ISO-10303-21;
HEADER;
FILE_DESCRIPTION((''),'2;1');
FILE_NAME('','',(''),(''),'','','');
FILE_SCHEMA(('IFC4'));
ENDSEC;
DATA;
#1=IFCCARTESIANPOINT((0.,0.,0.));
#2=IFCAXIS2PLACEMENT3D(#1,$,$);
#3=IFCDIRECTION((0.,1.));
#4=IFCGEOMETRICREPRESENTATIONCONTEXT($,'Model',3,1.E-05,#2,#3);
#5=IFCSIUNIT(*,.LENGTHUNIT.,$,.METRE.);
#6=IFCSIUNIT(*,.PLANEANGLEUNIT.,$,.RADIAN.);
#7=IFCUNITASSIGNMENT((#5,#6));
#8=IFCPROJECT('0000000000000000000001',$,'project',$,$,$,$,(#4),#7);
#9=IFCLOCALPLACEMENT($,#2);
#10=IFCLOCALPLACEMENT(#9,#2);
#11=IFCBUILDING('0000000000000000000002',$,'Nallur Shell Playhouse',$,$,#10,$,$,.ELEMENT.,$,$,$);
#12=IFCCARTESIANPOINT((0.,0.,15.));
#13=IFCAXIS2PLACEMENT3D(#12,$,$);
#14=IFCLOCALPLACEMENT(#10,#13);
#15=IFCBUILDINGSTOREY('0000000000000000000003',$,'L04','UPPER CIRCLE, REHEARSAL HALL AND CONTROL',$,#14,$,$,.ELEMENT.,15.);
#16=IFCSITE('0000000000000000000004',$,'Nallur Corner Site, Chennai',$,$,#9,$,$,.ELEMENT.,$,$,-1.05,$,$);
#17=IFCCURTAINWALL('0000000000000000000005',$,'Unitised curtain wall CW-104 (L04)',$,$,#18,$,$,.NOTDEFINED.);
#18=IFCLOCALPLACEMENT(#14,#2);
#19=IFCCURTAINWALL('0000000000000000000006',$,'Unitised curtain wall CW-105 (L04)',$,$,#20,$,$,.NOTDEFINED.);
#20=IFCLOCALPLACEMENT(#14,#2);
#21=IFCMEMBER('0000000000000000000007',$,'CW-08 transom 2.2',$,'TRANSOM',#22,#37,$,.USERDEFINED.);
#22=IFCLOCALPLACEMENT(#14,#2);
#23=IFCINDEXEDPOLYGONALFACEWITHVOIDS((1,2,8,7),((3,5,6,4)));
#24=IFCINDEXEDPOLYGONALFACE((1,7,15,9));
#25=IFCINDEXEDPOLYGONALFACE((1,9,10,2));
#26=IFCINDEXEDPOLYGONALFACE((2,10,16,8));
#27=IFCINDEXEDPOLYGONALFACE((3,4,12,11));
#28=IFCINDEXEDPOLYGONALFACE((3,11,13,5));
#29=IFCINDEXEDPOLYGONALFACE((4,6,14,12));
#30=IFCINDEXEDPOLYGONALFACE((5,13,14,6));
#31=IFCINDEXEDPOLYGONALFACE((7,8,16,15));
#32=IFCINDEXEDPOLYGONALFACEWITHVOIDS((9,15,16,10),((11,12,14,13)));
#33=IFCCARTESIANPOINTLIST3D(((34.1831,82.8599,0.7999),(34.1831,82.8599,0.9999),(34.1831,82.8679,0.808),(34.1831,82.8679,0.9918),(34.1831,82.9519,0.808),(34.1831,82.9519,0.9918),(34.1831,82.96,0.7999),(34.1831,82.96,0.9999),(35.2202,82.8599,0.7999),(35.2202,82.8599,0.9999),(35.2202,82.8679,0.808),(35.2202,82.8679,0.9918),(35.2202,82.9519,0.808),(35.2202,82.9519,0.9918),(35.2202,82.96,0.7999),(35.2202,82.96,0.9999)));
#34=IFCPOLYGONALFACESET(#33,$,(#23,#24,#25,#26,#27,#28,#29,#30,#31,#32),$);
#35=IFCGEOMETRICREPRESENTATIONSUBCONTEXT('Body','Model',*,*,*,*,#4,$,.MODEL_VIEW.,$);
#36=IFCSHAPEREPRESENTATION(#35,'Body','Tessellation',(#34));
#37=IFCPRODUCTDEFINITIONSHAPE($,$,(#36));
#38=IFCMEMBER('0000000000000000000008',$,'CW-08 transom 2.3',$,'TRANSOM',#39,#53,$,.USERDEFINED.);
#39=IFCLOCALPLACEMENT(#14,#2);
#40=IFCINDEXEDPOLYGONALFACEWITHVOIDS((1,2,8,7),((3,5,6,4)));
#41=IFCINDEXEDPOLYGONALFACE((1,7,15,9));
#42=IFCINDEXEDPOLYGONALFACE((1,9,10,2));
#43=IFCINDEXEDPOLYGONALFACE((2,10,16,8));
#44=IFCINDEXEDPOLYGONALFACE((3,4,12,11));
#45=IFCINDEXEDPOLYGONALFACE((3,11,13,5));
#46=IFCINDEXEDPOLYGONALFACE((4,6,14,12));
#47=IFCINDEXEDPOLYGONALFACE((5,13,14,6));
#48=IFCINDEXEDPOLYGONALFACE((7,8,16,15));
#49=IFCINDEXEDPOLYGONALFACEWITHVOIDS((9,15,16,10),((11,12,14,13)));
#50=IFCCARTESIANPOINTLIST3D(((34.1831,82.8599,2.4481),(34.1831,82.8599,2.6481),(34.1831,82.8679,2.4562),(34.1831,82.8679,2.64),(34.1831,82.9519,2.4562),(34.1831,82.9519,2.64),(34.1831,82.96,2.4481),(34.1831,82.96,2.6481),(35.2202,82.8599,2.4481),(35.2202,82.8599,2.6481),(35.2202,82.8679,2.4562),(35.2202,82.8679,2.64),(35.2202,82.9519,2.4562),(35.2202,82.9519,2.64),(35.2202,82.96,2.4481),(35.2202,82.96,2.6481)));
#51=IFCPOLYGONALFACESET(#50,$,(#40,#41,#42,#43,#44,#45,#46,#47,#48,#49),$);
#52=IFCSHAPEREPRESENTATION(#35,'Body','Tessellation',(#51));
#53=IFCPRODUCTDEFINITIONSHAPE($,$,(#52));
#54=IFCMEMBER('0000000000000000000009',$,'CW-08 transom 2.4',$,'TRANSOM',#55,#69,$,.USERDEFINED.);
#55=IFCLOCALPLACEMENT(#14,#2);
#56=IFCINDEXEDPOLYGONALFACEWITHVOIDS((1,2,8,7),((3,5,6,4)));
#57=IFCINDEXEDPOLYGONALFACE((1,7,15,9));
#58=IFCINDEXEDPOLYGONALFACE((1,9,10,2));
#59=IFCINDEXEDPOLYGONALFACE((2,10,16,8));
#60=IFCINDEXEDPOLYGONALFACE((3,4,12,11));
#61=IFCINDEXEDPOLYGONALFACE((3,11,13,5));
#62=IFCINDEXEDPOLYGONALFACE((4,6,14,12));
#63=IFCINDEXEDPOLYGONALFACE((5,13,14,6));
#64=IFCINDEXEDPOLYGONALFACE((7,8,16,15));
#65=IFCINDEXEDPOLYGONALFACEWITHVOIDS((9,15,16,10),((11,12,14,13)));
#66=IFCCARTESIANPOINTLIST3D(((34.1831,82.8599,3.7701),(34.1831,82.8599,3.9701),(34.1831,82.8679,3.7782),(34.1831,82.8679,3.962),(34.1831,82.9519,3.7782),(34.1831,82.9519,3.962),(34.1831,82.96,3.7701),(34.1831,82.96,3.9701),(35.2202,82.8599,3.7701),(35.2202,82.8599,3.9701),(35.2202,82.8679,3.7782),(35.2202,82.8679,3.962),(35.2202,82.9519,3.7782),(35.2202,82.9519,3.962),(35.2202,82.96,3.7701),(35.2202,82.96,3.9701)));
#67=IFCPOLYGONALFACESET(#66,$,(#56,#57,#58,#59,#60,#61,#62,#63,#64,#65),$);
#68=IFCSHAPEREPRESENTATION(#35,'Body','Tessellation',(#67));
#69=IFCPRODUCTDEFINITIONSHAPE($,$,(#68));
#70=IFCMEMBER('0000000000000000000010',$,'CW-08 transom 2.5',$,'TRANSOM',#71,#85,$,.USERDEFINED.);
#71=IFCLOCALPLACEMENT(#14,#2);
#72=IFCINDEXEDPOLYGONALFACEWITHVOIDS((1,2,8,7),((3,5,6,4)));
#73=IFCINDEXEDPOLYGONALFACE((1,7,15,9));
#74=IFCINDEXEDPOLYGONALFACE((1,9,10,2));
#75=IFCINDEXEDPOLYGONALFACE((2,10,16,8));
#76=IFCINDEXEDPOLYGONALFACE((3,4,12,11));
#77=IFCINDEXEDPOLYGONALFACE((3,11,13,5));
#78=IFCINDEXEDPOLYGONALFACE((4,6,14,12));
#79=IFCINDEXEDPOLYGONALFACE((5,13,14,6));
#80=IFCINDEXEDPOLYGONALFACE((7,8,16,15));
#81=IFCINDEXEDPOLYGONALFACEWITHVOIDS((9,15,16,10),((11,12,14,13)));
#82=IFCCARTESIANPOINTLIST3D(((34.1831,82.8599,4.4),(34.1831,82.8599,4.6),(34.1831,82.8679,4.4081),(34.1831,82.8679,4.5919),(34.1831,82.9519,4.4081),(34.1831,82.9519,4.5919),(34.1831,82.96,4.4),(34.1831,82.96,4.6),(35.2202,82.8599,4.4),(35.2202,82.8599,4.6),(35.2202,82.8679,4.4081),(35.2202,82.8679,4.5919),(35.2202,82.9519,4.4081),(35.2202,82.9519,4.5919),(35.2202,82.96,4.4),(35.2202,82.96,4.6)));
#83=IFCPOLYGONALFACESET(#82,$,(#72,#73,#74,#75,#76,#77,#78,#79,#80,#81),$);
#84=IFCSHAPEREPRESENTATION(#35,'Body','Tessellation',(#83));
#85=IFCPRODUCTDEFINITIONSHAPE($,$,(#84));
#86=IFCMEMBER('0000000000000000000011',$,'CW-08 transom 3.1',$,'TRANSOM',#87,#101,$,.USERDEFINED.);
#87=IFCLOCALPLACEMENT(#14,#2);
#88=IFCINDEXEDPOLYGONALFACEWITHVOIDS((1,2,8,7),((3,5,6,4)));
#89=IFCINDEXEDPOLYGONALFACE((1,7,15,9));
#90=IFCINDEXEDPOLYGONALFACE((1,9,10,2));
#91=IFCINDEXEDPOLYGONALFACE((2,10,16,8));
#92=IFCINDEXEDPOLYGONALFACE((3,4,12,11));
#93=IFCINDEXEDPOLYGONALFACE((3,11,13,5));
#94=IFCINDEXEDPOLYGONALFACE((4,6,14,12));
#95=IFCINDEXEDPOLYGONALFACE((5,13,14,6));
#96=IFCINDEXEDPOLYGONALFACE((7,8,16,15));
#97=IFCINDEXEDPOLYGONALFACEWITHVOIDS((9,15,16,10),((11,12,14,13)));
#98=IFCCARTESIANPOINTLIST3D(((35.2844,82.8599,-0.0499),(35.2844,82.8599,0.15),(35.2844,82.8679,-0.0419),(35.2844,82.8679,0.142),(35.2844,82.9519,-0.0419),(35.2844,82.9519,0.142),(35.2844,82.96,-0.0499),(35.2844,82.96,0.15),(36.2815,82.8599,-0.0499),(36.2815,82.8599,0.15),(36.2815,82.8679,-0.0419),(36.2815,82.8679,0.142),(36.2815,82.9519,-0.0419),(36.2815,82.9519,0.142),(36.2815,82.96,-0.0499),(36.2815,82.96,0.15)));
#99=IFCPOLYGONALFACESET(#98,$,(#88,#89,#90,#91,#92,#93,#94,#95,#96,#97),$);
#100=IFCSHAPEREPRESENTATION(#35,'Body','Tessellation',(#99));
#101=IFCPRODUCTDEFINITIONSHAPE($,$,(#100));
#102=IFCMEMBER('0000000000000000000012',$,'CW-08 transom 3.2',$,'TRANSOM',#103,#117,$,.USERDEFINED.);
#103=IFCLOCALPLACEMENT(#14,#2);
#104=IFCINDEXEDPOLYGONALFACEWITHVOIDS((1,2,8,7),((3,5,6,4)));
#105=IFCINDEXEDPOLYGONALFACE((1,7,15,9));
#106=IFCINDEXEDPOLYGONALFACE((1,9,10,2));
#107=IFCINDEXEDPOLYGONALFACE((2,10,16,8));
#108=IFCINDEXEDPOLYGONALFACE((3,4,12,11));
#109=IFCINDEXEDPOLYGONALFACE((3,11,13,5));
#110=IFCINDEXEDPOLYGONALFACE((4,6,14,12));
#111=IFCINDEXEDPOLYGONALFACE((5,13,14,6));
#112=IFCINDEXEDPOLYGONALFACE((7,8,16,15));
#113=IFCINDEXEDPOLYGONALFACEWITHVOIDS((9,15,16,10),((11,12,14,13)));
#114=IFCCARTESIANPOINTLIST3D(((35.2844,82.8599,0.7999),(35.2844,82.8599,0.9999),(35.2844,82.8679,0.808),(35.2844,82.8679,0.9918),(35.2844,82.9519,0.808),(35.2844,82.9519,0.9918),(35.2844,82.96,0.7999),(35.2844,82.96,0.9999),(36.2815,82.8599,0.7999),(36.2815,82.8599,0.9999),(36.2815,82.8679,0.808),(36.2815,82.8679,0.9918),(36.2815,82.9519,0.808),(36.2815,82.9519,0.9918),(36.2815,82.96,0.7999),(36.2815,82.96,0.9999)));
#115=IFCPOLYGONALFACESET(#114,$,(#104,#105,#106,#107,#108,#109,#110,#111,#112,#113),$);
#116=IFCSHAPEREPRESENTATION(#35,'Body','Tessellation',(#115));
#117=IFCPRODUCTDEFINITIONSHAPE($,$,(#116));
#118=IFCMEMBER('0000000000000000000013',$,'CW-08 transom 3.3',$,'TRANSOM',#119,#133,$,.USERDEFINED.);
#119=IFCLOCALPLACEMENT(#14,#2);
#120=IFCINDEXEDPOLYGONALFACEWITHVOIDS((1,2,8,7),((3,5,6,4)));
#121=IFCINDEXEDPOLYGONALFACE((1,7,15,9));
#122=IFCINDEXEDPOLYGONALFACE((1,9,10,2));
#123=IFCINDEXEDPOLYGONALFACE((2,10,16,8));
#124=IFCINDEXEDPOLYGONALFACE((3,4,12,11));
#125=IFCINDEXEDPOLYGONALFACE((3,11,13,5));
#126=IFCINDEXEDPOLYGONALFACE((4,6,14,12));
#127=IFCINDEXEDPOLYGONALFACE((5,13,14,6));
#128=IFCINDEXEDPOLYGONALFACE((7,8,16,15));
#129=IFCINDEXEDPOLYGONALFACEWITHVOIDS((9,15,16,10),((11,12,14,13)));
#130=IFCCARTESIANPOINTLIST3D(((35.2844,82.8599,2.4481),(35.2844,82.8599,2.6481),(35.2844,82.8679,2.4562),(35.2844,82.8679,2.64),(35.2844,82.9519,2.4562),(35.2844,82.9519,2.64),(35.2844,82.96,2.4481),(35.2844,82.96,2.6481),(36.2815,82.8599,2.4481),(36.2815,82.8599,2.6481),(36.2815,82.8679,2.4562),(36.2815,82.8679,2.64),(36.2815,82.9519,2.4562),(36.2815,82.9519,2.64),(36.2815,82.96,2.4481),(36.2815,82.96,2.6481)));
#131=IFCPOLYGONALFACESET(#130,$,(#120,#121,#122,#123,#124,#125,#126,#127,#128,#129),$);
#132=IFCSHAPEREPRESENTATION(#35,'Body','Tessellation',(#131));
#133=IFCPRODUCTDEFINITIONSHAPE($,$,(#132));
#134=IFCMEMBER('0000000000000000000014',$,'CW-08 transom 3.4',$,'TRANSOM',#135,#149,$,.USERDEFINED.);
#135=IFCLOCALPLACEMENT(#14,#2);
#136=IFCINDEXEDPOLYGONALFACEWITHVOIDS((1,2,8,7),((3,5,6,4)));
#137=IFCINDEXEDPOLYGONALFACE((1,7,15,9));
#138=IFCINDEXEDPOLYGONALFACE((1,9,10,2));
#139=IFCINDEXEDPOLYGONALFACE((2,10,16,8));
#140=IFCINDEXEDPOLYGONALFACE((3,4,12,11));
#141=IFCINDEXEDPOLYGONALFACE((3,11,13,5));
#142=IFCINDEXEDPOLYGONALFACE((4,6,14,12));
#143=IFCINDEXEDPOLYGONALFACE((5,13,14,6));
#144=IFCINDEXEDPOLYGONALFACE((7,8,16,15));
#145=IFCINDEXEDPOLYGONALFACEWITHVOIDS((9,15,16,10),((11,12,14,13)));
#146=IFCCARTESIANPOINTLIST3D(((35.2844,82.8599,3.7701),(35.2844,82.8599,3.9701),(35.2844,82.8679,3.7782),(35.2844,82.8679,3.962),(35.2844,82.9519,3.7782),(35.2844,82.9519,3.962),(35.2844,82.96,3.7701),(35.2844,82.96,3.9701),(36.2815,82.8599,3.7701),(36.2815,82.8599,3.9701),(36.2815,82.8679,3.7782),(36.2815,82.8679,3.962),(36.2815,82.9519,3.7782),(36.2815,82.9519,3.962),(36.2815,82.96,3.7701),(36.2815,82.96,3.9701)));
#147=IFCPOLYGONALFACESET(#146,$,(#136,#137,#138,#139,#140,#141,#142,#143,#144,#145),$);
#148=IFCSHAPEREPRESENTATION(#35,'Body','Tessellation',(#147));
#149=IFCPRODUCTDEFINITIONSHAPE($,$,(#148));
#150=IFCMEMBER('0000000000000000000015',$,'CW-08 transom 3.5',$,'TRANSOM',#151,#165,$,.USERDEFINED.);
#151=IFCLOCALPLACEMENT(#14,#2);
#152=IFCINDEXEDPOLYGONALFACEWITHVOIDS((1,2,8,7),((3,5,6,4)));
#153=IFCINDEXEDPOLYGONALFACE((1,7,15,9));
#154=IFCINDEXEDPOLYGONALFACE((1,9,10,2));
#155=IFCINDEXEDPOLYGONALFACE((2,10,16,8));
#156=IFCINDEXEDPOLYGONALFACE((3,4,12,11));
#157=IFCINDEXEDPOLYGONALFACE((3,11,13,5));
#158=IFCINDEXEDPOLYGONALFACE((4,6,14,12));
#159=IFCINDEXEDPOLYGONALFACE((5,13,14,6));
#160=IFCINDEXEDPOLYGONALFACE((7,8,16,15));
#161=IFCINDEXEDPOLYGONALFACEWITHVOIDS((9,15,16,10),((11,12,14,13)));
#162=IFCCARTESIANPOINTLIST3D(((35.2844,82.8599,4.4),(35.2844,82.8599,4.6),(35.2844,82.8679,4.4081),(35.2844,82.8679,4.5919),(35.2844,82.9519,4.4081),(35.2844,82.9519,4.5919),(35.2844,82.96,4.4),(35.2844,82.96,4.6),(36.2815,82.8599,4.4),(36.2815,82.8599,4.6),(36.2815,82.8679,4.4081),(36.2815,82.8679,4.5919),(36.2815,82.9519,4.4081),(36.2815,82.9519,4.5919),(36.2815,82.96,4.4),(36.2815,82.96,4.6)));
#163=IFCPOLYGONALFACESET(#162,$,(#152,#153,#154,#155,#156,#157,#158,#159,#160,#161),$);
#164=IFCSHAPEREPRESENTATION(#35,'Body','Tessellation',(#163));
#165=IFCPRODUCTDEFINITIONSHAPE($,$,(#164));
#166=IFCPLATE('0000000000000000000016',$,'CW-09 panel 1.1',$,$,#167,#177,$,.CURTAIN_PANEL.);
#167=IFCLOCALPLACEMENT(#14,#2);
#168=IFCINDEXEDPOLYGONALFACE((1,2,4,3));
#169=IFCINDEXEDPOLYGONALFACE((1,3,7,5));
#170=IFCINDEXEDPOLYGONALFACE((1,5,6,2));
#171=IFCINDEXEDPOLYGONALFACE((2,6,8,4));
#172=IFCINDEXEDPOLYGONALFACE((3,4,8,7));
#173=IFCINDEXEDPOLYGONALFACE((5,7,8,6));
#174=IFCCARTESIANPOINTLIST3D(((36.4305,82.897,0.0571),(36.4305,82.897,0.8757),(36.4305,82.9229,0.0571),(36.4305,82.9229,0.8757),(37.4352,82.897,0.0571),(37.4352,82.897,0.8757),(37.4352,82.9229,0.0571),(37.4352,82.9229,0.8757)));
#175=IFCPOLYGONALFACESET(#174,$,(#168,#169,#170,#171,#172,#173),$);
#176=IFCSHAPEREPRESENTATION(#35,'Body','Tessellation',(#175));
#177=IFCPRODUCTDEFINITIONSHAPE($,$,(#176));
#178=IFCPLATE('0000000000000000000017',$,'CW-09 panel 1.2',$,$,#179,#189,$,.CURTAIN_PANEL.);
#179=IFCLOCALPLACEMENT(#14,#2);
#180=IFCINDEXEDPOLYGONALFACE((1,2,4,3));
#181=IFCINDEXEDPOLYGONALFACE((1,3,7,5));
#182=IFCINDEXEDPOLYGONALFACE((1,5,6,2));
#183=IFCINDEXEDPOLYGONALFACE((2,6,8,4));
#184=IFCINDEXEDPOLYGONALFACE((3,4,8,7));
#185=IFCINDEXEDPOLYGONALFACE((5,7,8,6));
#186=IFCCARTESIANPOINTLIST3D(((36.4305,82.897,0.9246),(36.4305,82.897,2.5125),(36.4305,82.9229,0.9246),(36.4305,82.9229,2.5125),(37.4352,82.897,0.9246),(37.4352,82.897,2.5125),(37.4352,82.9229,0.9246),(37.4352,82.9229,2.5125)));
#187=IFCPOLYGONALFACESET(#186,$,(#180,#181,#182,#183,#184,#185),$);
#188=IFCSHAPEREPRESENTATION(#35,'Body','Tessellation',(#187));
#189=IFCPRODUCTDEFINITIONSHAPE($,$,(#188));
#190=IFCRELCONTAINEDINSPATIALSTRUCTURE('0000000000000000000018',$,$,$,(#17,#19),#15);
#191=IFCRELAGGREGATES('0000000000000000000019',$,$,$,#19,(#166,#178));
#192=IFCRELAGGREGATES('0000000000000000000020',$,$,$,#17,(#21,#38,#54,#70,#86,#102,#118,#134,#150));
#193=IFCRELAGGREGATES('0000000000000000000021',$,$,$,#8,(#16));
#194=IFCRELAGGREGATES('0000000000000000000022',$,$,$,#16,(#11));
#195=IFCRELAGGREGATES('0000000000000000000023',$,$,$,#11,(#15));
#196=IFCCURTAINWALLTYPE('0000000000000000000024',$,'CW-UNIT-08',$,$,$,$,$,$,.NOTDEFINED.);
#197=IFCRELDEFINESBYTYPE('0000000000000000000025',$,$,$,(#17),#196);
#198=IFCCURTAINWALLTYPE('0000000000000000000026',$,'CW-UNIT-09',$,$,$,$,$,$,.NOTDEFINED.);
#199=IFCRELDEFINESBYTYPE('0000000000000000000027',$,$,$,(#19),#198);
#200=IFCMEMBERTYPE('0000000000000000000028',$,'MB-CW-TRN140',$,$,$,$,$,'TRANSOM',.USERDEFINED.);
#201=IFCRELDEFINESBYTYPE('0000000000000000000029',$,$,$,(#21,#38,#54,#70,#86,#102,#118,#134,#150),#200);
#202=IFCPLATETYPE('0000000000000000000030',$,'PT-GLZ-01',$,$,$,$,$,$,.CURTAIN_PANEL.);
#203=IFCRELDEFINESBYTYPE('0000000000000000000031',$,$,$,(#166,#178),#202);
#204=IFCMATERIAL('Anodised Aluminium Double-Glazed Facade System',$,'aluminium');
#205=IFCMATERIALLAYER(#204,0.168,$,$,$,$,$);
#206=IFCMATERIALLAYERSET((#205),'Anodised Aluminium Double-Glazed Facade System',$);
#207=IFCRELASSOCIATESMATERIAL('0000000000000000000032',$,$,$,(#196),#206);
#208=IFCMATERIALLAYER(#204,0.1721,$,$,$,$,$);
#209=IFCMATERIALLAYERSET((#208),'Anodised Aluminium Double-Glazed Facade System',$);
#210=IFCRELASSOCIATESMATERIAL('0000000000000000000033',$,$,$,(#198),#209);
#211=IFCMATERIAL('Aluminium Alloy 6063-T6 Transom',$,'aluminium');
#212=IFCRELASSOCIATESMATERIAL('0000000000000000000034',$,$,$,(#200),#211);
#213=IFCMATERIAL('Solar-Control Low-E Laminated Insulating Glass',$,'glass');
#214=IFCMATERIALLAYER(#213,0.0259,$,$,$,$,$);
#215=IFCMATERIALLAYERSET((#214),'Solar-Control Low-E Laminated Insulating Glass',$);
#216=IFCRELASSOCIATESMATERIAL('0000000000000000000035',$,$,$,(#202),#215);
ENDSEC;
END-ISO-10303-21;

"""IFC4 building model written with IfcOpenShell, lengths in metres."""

from ifc_helpers import new_model, si_unit, direction, frame, origin, origin_2d, place, context, subcontext, project, spatial, rectangle, hollow_rectangle, extrude, material, layer, layer_set, material_profile, profile_set, type_object, element, aggregate, save


model = new_model("IFC4")

# Units and contexts
model_context = context("Model", 3, precision=1e-05, world=origin(), true_north=direction((0.0, 1.0)))
body_context = subcontext(model_context, "Body", "Model", "MODEL_VIEW")
ifc_project = project(units=[si_unit("LENGTHUNIT", "METRE"), si_unit("PLANEANGLEUNIT", "RADIAN")], contexts=[model_context])

# Site, building, storey
site_placement = place(None, origin())
site = spatial("IfcSite", under=ifc_project, at=site_placement, Name="Nallur Corner Site, Chennai", CompositionType="ELEMENT", RefElevation=-1.05)
building_placement = place(site_placement, origin())
building = spatial("IfcBuilding", under=site, at=building_placement, Name="Nallur Shell Playhouse", CompositionType="ELEMENT")
storey_placement = place(building_placement, frame((0.0, 0.0, 15.0)))
storey = spatial("IfcBuildingStorey", under=building, at=storey_placement, Name="L04", Description="UPPER CIRCLE, REHEARSAL HALL AND CONTROL", CompositionType="ELEMENT", Elevation=15.0)

# Curtain walls
ifc_material_1 = material(Name="Anodised Aluminium Double-Glazed Facade System", Category="aluminium")
ifc_layer_1 = layer(ifc_material_1, 0.168)
ifc_layer_set_1 = layer_set([ifc_layer_1], Name="Anodised Aluminium Double-Glazed Facade System")
curtain_wall_type_1 = type_object("IfcCurtainWallType", Name="CW-UNIT-08", PredefinedType="NOTDEFINED", material=ifc_layer_set_1)
curtain_wall_1_placement = place(storey_placement, origin())
curtain_wall_1 = element("IfcCurtainWall", 1, at=curtain_wall_1_placement, inside=storey, type_object=curtain_wall_type_1, Name="Unitised curtain wall CW-104 (L04)", PredefinedType="NOTDEFINED")
ifc_layer_2 = layer(ifc_material_1, 0.1721)
ifc_layer_set_2 = layer_set([ifc_layer_2], Name="Anodised Aluminium Double-Glazed Facade System")
curtain_wall_type_2 = type_object("IfcCurtainWallType", Name="CW-UNIT-09", PredefinedType="NOTDEFINED", material=ifc_layer_set_2)
curtain_wall_2_placement = place(storey_placement, origin())
curtain_wall_2 = element("IfcCurtainWall", 2, at=curtain_wall_2_placement, inside=storey, type_object=curtain_wall_type_2, Name="Unitised curtain wall CW-105 (L04)", PredefinedType="NOTDEFINED")
ifc_material_2 = material(Name="Aluminium Alloy 6063-T6 Transom", Category="aluminium")

# Members
ifc_material_profile_1 = material_profile(ifc_material_2, hollow_rectangle(XDim=0.1001, YDim=0.2, WallThickness=0.0081, at=origin_2d()), Name="RHS 200x100x8")
ifc_profile_set_1 = profile_set([ifc_material_profile_1], Name="Aluminium Alloy 6063-T6 Transom")
member_type_1 = type_object("IfcMemberType", Name="MB-CW-TRN140", ElementType="TRANSOM", PredefinedType="USERDEFINED", material=ifc_profile_set_1)
member_1_placement = place(storey_placement, frame((34.1831, 82.9099, 0.8999), z_axis=(1.0, 0.0, 0.0), x_axis=(0.0, 1.0, 0.0)))
member_1 = element("IfcMember", 3, at=member_1_placement, type_object=member_type_1, Name="CW-08 transom 2.2", ObjectType="TRANSOM", PredefinedType="USERDEFINED", context=body_context, shape_type="SweptSolid", body=[
    extrude(hollow_rectangle(XDim=0.1001, YDim=0.2, WallThickness=0.0081, at=origin_2d()), origin(), (0.0, 0.0, 1.0), 1.0371),
])
member_2_placement = place(storey_placement, frame((34.1831, 82.9099, 2.5481), z_axis=(1.0, 0.0, 0.0), x_axis=(0.0, 1.0, 0.0)))
member_2 = element("IfcMember", 4, at=member_2_placement, type_object=member_type_1, Name="CW-08 transom 2.3", ObjectType="TRANSOM", PredefinedType="USERDEFINED", context=body_context, shape_type="SweptSolid", body=[
    extrude(hollow_rectangle(XDim=0.1001, YDim=0.2, WallThickness=0.0081, at=origin_2d()), origin(), (0.0, 0.0, 1.0), 1.0371),
])
member_3_placement = place(storey_placement, frame((34.1831, 82.9099, 3.8701), z_axis=(1.0, 0.0, 0.0), x_axis=(0.0, 1.0, 0.0)))
member_3 = element("IfcMember", 5, at=member_3_placement, type_object=member_type_1, Name="CW-08 transom 2.4", ObjectType="TRANSOM", PredefinedType="USERDEFINED", context=body_context, shape_type="SweptSolid", body=[
    extrude(hollow_rectangle(XDim=0.1001, YDim=0.2, WallThickness=0.0081, at=origin_2d()), origin(), (0.0, 0.0, 1.0), 1.0371),
])
member_4_placement = place(storey_placement, frame((34.1831, 82.9099, 4.5), z_axis=(1.0, 0.0, 0.0), x_axis=(0.0, 1.0, 0.0)))
member_4 = element("IfcMember", 6, at=member_4_placement, type_object=member_type_1, Name="CW-08 transom 2.5", ObjectType="TRANSOM", PredefinedType="USERDEFINED", context=body_context, shape_type="SweptSolid", body=[
    extrude(hollow_rectangle(XDim=0.1001, YDim=0.2, WallThickness=0.0081, at=origin_2d()), origin(), (0.0, 0.0, 1.0), 1.0371),
])
member_5_placement = place(storey_placement, frame((35.2844, 82.9099, 0.05), z_axis=(1.0, 0.0, 0.0), x_axis=(0.0, 1.0, 0.0)))
member_5 = element("IfcMember", 7, at=member_5_placement, type_object=member_type_1, Name="CW-08 transom 3.1", ObjectType="TRANSOM", PredefinedType="USERDEFINED", context=body_context, shape_type="SweptSolid", body=[
    extrude(hollow_rectangle(XDim=0.1001, YDim=0.2, WallThickness=0.0081, at=origin_2d()), origin(), (0.0, 0.0, 1.0), 0.9971),
])
member_6_placement = place(storey_placement, frame((35.2844, 82.9099, 0.8999), z_axis=(1.0, 0.0, 0.0), x_axis=(0.0, 1.0, 0.0)))
member_6 = element("IfcMember", 8, at=member_6_placement, type_object=member_type_1, Name="CW-08 transom 3.2", ObjectType="TRANSOM", PredefinedType="USERDEFINED", context=body_context, shape_type="SweptSolid", body=[
    extrude(hollow_rectangle(XDim=0.1001, YDim=0.2, WallThickness=0.0081, at=origin_2d()), origin(), (0.0, 0.0, 1.0), 0.9971),
])
member_7_placement = place(storey_placement, frame((35.2844, 82.9099, 2.5481), z_axis=(1.0, 0.0, 0.0), x_axis=(0.0, 1.0, 0.0)))
member_7 = element("IfcMember", 9, at=member_7_placement, type_object=member_type_1, Name="CW-08 transom 3.3", ObjectType="TRANSOM", PredefinedType="USERDEFINED", context=body_context, shape_type="SweptSolid", body=[
    extrude(hollow_rectangle(XDim=0.1001, YDim=0.2, WallThickness=0.0081, at=origin_2d()), origin(), (0.0, 0.0, 1.0), 0.9971),
])
member_8_placement = place(storey_placement, frame((35.2844, 82.9099, 3.8701), z_axis=(1.0, 0.0, 0.0), x_axis=(0.0, 1.0, 0.0)))
member_8 = element("IfcMember", 10, at=member_8_placement, type_object=member_type_1, Name="CW-08 transom 3.4", ObjectType="TRANSOM", PredefinedType="USERDEFINED", context=body_context, shape_type="SweptSolid", body=[
    extrude(hollow_rectangle(XDim=0.1001, YDim=0.2, WallThickness=0.0081, at=origin_2d()), origin(), (0.0, 0.0, 1.0), 0.9971),
])
member_9_placement = place(storey_placement, frame((35.2844, 82.9099, 4.5), z_axis=(1.0, 0.0, 0.0), x_axis=(0.0, 1.0, 0.0)))
member_9 = element("IfcMember", 11, at=member_9_placement, type_object=member_type_1, Name="CW-08 transom 3.5", ObjectType="TRANSOM", PredefinedType="USERDEFINED", context=body_context, shape_type="SweptSolid", body=[
    extrude(hollow_rectangle(XDim=0.1001, YDim=0.2, WallThickness=0.0081, at=origin_2d()), origin(), (0.0, 0.0, 1.0), 0.9971),
])

# Plates
ifc_material_3 = material(Name="Solar-Control Low-E Laminated Insulating Glass", Category="glass")
ifc_layer_3 = layer(ifc_material_3, 0.0259)
ifc_layer_set_3 = layer_set([ifc_layer_3], Name="Solar-Control Low-E Laminated Insulating Glass")
plate_type_1 = type_object("IfcPlateType", Name="PT-GLZ-01", PredefinedType="CURTAIN_PANEL", material=ifc_layer_set_3)
plate_1_placement = place(storey_placement, frame((36.9329, 82.9099, 0.0571), z_axis=(0.0, 0.0, 1.0), x_axis=(1.0, 0.0, 0.0)))
plate_1 = element("IfcPlate", 12, at=plate_1_placement, type_object=plate_type_1, Name="CW-09 panel 1.1", PredefinedType="CURTAIN_PANEL", context=body_context, shape_type="SweptSolid", body=[
    extrude(rectangle(XDim=1.0046, YDim=0.0259, at=origin_2d()), origin(), (0.0, 0.0, 1.0), 0.8186),
])
plate_2_placement = place(storey_placement, frame((36.9329, 82.9099, 0.9246), z_axis=(0.0, 0.0, 1.0), x_axis=(1.0, 0.0, 0.0)))
plate_2 = element("IfcPlate", 13, at=plate_2_placement, type_object=plate_type_1, Name="CW-09 panel 1.2", PredefinedType="CURTAIN_PANEL", context=body_context, shape_type="SweptSolid", body=[
    extrude(rectangle(XDim=1.0046, YDim=0.0259, at=origin_2d()), origin(), (0.0, 0.0, 1.0), 1.5879),
])
aggregate(curtain_wall_2, [plate_1, plate_2])
aggregate(curtain_wall_1, [member_1, member_2, member_3, member_4, member_5, member_6, member_7, member_8, member_9])

save(model, "model.ifc")
